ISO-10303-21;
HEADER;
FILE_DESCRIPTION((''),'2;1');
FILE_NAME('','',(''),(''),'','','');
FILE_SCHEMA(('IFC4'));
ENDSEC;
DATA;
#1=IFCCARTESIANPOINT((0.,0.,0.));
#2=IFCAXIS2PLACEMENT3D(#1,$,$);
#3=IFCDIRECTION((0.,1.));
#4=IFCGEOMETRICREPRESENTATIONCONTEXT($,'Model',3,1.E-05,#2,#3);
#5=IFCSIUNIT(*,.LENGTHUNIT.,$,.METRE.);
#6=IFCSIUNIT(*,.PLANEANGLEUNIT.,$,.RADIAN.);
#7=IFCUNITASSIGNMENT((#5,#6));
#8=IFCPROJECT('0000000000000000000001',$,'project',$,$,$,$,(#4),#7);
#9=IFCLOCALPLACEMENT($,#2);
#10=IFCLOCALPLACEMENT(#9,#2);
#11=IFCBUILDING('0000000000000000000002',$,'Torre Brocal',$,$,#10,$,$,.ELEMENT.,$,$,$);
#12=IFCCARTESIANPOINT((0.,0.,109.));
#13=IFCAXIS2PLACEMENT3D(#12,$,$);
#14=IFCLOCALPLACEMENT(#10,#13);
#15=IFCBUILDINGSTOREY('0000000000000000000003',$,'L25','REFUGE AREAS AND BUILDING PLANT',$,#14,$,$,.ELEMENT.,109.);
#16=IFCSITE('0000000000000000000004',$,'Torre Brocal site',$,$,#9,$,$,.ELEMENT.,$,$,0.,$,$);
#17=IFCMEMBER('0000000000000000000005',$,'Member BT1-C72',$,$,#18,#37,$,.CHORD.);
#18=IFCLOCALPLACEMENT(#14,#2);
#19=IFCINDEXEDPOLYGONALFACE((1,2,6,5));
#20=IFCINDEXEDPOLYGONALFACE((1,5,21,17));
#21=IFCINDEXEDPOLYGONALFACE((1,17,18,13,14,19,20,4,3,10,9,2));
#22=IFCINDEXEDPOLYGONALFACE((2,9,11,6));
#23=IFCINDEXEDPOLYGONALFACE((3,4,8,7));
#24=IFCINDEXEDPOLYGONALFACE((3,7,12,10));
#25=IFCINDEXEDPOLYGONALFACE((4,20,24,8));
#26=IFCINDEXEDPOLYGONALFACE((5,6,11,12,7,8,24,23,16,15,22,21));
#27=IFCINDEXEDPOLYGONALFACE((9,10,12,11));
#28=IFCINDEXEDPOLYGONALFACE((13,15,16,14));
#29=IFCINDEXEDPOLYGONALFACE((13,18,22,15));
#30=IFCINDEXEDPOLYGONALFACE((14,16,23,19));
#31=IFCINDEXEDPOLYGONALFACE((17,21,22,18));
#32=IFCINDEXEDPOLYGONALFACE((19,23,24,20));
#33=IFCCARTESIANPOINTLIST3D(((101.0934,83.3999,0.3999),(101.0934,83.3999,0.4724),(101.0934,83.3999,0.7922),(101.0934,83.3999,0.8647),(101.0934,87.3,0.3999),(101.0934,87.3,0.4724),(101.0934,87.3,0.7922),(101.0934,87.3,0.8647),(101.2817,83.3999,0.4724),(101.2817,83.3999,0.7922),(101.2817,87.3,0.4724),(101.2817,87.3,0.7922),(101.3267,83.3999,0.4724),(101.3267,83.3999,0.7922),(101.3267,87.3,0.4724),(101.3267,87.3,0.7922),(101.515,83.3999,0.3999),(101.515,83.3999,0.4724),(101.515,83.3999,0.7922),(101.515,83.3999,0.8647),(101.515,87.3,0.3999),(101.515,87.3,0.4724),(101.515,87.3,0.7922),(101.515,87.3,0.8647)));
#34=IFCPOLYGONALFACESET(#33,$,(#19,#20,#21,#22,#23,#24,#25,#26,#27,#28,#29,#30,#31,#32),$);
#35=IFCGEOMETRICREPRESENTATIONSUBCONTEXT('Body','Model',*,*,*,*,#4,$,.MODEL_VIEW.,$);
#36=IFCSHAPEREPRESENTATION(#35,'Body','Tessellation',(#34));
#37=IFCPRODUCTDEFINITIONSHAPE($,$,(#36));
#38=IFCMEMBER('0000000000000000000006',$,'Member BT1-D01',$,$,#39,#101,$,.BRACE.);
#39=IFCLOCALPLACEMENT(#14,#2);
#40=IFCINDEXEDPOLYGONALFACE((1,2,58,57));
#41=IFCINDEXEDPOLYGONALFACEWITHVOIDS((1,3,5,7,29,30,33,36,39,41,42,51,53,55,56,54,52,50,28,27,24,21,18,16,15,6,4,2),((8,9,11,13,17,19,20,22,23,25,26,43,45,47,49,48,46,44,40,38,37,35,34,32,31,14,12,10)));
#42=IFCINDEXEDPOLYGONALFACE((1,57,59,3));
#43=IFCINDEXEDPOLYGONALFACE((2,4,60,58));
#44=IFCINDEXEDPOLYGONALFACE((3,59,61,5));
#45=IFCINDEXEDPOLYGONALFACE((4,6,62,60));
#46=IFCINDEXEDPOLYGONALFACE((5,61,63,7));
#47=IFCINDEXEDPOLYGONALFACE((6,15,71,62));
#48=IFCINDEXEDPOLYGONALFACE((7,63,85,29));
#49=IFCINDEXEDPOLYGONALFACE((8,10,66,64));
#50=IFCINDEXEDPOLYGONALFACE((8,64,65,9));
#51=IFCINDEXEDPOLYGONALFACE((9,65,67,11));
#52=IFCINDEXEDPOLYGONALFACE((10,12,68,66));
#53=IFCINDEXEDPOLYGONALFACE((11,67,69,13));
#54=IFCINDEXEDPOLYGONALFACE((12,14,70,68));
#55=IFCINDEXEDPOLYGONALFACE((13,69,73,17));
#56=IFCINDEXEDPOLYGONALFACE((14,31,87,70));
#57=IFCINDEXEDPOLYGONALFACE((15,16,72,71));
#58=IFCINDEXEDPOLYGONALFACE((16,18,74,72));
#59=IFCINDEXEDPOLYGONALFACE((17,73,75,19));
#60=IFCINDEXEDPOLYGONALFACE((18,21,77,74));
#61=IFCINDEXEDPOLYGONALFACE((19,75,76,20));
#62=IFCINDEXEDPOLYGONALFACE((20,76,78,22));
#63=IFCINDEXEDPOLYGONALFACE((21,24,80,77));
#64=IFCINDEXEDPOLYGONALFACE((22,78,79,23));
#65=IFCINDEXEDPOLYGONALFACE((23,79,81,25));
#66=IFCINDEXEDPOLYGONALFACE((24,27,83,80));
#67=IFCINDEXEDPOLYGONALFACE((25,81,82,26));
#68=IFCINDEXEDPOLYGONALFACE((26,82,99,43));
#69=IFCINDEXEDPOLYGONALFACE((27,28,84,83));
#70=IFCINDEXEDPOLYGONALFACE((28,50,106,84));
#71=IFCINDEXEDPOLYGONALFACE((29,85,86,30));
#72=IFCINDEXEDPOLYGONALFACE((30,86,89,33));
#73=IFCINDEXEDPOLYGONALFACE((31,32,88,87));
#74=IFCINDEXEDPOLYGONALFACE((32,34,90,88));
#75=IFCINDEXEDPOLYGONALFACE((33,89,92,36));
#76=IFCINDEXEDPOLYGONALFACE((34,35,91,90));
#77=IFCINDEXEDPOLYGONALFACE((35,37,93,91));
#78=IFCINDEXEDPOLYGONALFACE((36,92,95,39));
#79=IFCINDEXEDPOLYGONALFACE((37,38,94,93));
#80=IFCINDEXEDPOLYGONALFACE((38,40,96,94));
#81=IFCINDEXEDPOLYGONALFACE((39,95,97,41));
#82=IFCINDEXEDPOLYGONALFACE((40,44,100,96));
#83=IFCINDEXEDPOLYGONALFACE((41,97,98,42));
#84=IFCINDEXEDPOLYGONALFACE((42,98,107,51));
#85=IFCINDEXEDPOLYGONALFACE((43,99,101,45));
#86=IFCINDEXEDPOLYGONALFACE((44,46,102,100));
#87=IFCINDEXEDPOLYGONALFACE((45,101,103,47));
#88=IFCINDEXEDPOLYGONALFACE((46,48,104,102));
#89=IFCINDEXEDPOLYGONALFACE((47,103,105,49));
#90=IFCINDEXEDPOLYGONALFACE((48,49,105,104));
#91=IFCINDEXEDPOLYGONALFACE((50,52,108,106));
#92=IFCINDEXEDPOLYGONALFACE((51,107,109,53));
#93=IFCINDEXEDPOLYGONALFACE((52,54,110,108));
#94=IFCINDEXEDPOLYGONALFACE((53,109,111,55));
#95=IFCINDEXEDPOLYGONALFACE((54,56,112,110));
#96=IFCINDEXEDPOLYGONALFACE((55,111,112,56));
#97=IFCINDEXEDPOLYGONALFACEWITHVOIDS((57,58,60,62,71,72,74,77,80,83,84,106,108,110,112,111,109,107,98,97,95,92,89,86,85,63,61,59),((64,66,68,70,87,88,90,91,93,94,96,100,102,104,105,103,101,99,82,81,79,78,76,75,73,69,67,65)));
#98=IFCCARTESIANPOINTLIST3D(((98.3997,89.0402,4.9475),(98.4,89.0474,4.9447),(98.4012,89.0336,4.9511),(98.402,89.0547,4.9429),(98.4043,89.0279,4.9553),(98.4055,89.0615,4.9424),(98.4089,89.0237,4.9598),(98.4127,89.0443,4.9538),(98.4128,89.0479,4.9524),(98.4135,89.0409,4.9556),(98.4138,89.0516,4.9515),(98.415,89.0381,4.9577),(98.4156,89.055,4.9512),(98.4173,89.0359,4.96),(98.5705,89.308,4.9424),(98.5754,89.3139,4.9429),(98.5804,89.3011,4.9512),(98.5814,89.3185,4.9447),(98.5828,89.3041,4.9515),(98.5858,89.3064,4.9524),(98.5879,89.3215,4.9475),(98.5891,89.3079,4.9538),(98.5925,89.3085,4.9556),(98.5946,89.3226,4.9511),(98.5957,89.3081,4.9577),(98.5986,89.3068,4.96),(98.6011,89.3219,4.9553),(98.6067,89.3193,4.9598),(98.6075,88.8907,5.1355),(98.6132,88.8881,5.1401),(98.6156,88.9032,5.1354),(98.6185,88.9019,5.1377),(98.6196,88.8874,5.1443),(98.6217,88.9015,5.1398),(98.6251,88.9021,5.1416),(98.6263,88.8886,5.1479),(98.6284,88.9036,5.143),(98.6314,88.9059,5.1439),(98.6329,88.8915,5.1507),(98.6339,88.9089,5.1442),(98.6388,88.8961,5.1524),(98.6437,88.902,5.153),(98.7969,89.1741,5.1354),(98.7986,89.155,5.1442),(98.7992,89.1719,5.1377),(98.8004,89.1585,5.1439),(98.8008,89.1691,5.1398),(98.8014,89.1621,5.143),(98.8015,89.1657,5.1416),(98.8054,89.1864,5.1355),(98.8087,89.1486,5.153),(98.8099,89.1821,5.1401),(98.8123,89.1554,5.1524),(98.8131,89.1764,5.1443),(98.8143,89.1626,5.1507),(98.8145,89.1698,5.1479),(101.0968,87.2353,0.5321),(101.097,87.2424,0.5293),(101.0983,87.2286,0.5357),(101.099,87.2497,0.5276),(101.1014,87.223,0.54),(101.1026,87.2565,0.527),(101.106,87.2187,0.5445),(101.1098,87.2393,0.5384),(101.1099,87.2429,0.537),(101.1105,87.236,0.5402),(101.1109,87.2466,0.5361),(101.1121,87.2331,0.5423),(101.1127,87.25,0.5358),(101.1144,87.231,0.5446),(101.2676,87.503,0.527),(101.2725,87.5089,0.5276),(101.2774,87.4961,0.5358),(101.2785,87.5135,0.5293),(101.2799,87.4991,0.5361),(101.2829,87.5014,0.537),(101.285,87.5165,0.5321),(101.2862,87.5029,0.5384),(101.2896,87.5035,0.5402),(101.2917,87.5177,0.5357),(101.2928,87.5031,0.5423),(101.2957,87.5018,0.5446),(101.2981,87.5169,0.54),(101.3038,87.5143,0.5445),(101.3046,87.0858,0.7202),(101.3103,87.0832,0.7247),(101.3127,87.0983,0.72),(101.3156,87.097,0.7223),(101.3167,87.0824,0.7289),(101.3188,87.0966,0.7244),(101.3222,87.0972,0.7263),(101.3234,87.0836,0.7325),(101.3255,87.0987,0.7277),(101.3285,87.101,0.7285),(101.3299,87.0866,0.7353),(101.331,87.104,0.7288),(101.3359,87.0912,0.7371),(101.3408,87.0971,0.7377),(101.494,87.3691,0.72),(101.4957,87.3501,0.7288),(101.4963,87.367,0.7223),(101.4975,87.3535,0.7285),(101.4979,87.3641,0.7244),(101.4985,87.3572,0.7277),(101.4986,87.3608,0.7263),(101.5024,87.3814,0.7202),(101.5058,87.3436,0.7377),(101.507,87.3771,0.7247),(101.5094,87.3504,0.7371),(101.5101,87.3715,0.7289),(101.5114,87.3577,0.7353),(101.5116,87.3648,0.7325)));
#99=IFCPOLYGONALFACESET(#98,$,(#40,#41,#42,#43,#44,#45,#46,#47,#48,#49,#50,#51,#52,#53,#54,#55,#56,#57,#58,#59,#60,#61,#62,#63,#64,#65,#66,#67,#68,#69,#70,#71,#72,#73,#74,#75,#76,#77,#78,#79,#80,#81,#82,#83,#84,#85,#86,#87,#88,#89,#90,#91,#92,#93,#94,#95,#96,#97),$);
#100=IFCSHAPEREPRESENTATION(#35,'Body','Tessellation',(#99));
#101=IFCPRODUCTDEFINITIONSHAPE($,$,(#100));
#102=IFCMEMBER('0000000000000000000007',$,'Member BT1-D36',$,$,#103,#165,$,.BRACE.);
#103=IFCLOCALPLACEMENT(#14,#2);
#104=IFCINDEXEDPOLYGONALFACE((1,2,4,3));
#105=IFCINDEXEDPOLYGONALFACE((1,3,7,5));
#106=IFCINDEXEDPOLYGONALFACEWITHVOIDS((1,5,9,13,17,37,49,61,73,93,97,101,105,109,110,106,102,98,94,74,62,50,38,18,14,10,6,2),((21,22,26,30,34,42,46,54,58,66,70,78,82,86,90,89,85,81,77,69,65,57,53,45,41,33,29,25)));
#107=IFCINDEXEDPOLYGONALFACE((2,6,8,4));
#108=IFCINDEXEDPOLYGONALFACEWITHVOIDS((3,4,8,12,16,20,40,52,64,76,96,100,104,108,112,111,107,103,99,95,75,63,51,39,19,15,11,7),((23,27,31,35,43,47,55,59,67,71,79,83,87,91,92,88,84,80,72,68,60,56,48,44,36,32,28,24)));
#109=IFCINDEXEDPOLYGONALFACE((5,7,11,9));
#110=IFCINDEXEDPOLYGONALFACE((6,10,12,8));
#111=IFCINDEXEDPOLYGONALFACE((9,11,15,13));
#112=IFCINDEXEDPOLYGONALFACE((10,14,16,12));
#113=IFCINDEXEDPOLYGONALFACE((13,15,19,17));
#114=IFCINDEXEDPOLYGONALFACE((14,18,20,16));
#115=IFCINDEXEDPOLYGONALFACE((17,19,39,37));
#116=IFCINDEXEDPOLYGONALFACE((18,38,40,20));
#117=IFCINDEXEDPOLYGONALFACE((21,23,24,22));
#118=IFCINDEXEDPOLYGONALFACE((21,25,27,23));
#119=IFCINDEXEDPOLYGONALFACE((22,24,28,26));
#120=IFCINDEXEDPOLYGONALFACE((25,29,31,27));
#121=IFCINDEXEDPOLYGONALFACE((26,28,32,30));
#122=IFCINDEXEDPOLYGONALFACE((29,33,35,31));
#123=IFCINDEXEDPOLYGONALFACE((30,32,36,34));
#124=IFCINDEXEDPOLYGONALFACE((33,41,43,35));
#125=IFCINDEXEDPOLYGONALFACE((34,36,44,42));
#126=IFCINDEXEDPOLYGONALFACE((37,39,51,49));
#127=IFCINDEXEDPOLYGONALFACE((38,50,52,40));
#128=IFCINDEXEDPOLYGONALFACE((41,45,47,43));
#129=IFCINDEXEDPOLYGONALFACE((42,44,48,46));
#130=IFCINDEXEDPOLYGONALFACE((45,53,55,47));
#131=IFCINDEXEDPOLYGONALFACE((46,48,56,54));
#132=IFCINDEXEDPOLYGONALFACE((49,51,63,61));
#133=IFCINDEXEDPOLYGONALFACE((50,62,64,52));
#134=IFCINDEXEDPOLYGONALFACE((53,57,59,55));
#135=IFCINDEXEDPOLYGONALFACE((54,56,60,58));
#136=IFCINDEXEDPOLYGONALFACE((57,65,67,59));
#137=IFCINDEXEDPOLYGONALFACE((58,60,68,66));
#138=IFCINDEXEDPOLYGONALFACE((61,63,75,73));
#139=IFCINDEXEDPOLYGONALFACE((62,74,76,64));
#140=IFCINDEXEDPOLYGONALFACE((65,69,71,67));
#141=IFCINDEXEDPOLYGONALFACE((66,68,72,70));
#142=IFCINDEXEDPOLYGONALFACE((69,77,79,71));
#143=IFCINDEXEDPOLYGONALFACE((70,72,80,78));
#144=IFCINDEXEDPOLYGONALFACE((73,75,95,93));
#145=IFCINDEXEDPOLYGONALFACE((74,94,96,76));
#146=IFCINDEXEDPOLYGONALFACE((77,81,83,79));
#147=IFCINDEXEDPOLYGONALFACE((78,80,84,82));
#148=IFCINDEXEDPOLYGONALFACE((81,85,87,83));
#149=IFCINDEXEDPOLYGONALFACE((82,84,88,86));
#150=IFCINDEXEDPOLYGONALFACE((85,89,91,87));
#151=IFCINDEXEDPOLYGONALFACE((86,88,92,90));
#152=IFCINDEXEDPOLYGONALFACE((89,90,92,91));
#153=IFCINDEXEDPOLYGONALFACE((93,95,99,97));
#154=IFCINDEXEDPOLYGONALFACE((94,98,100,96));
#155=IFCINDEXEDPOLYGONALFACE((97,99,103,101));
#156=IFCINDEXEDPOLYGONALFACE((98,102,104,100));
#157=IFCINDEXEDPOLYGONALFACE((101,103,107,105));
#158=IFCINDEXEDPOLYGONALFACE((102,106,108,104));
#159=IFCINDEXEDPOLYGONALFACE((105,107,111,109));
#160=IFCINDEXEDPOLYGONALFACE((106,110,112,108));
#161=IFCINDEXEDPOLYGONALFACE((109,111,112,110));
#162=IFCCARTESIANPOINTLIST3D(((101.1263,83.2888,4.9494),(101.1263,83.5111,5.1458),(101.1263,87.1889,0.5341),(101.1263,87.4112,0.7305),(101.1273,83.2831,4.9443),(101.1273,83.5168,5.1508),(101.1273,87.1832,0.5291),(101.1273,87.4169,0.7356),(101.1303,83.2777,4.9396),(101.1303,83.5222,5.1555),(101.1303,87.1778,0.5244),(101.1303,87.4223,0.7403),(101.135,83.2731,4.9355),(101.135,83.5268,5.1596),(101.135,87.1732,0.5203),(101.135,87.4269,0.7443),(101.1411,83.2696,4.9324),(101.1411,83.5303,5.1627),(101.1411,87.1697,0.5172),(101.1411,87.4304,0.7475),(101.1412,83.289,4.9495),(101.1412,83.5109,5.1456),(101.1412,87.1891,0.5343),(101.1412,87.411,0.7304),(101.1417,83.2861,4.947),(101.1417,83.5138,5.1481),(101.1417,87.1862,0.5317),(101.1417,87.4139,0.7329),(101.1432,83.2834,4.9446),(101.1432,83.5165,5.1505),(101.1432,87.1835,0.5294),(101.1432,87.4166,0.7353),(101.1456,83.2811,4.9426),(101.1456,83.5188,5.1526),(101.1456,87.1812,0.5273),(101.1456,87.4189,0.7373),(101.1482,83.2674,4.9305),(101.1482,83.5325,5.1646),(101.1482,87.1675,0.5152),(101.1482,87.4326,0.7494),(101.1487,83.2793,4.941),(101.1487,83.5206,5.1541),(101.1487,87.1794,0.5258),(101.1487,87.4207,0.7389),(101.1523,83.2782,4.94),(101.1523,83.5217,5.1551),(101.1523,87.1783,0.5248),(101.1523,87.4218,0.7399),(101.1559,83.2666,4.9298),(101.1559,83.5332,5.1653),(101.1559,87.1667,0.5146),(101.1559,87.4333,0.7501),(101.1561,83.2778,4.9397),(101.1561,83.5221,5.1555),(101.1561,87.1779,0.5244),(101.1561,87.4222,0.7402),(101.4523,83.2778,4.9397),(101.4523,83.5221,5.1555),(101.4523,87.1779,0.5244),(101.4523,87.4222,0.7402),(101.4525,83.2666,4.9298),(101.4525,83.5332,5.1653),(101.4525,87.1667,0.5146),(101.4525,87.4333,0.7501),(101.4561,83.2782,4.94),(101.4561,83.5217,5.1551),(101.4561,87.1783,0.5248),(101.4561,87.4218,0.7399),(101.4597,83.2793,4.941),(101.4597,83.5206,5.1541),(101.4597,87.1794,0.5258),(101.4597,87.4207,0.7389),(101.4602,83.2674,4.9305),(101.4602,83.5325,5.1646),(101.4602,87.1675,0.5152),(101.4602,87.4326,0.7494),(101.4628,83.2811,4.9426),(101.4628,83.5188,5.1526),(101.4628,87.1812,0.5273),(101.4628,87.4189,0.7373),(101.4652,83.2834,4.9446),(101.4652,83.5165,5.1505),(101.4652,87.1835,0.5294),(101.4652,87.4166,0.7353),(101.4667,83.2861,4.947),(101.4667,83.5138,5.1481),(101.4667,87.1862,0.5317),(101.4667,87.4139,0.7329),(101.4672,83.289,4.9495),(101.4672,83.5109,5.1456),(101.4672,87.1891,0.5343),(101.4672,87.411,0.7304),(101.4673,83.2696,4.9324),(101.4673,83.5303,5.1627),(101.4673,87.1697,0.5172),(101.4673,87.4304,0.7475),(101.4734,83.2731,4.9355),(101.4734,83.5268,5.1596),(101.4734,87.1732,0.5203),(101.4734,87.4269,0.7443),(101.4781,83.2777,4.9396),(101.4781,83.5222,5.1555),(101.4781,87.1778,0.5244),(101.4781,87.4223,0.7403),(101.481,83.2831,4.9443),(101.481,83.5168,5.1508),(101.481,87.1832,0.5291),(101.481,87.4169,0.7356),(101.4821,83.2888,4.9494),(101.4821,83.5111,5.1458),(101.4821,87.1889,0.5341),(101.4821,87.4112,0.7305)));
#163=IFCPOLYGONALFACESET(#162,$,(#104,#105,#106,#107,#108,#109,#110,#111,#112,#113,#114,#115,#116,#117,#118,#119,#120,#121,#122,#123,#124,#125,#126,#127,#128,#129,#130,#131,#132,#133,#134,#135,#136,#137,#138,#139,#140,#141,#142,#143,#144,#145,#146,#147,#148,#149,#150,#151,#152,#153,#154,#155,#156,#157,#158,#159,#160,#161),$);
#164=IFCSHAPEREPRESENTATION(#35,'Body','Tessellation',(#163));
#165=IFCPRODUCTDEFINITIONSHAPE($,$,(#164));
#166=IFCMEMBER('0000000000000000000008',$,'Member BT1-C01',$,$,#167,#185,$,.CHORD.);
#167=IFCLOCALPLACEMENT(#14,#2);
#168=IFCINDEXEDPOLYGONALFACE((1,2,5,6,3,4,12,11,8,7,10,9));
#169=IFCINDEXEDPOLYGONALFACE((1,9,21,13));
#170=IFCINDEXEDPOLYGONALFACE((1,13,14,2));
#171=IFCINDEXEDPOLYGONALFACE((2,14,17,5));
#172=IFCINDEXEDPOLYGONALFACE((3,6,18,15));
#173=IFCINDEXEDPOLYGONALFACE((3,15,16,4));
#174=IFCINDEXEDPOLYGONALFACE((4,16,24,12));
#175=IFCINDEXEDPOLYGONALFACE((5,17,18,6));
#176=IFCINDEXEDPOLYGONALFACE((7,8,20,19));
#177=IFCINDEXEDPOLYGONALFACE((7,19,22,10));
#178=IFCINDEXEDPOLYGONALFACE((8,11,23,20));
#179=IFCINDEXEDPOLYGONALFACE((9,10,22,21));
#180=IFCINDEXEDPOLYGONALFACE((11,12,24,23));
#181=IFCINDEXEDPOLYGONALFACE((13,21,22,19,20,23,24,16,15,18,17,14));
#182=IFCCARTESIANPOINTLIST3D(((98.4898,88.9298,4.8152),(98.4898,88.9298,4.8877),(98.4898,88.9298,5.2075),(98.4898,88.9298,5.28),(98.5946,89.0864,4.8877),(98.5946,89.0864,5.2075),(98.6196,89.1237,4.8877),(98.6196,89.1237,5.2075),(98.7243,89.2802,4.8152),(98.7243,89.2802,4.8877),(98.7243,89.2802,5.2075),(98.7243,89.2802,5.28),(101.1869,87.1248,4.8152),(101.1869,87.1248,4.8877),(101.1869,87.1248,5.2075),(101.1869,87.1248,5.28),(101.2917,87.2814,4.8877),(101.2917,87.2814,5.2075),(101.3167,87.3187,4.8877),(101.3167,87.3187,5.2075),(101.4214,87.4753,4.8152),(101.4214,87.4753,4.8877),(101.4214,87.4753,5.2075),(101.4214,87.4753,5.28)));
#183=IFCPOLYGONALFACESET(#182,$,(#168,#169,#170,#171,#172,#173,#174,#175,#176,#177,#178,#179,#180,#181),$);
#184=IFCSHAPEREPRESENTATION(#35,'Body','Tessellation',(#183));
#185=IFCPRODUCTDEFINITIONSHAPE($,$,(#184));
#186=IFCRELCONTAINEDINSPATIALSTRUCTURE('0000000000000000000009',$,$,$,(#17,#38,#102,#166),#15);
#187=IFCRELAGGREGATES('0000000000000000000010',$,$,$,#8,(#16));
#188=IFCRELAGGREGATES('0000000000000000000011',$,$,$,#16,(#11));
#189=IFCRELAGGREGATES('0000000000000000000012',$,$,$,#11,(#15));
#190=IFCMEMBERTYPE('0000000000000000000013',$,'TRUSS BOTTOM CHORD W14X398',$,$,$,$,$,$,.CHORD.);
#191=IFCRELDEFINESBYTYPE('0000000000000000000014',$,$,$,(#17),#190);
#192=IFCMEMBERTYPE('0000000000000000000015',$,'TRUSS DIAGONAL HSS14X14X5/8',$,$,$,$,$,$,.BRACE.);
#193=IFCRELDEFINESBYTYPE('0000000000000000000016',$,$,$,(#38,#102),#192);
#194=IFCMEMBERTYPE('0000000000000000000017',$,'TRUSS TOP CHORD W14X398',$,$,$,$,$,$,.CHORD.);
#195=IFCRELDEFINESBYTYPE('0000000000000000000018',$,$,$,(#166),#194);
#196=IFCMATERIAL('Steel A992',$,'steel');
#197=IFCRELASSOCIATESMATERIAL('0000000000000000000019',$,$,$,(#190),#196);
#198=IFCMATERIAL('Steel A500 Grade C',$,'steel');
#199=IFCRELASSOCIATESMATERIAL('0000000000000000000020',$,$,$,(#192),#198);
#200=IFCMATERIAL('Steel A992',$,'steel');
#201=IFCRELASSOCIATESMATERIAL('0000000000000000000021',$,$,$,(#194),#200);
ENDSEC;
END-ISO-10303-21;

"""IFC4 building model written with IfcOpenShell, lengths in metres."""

from ifc_helpers import new_model, si_unit, direction, frame, origin, origin_2d, place, context, subcontext, project, spatial, hollow_rectangle, i_section, extrude, material, material_profile, profile_set, type_object, element, save


model = new_model("IFC4")

# Units and contexts
model_context = context("Model", 3, precision=1e-05, world=origin(), true_north=direction((0.0, 1.0)))
body_context = subcontext(model_context, "Body", "Model", "MODEL_VIEW")
ifc_project = project(units=[si_unit("LENGTHUNIT", "METRE"), si_unit("PLANEANGLEUNIT", "RADIAN")], contexts=[model_context])

# Site, building, storey
site_placement = place(None, origin())
site = spatial("IfcSite", under=ifc_project, at=site_placement, Name="Torre Brocal site", CompositionType="ELEMENT", RefElevation=0.0)
building_placement = place(site_placement, origin())
building = spatial("IfcBuilding", under=site, at=building_placement, Name="Torre Brocal", CompositionType="ELEMENT")
storey_placement = place(building_placement, frame((0.0, 0.0, 109.0)))
storey = spatial("IfcBuildingStorey", under=building, at=storey_placement, Name="L25", Description="REFUGE AREAS AND BUILDING PLANT", CompositionType="ELEMENT", Elevation=109.0)

# Members
ifc_material_1 = material(Name="Steel A992", Category="steel")
ifc_material_profile_1 = material_profile(ifc_material_1, i_section(OverallWidth=0.4216, OverallDepth=0.4648, WebThickness=0.0449, FlangeThickness=0.0725, at=origin_2d()), Name="W14X398")
ifc_profile_set_1 = profile_set([ifc_material_profile_1], Name="Steel A992")
member_type_1 = type_object("IfcMemberType", Name="TRUSS BOTTOM CHORD W14X398", PredefinedType="CHORD", material=ifc_profile_set_1)
member_1_placement = place(storey_placement, frame((101.3042, 87.3, 0.6323), z_axis=(0.0, -1.0, 0.0), x_axis=(1.0, 0.0, 0.0)))
element("IfcMember", 1, at=member_1_placement, inside=storey, type_object=member_type_1, Name="Member BT1-C72", PredefinedType="CHORD", context=body_context, shape_type="SweptSolid", body=[
    extrude(i_section(OverallWidth=0.4216, OverallDepth=0.4648, WebThickness=0.0449, FlangeThickness=0.0725, at=origin_2d()), origin(), (0.0, 0.0, 1.0), 3.9001),
])
ifc_material_2 = material(Name="Steel A500 Grade C", Category="steel")
ifc_material_profile_2 = material_profile(ifc_material_2, hollow_rectangle(XDim=0.3557, YDim=0.3557, WallThickness=0.0149, InnerFilletRadius=0.0149, OuterFilletRadius=0.0295, at=origin_2d()), Name="HSS14X14X5/8")
ifc_profile_set_2 = profile_set([ifc_material_profile_2], Name="Steel A500 Grade C")
member_type_2 = type_object("IfcMemberType", Name="TRUSS DIAGONAL HSS14X14X5/8", PredefinedType="BRACE", material=ifc_profile_set_2)
member_2_placement = place(storey_placement, frame((101.3042, 87.3, 0.6323), z_axis=(-0.49219, 0.329389, 0.805762), x_axis=(-0.556175, -0.831065, 0.0)))
element("IfcMember", 2, at=member_2_placement, inside=storey, type_object=member_type_2, Name="Member BT1-D01", PredefinedType="BRACE", context=body_context, shape_type="SweptSolid", body=[
    extrude(hollow_rectangle(XDim=0.3557, YDim=0.3557, WallThickness=0.0149, InnerFilletRadius=0.0149, OuterFilletRadius=0.0295, at=origin_2d()), origin(), (0.0, 0.0, 1.0), 5.4797),
])
member_3_placement = place(storey_placement, frame((101.3042, 87.3, 0.6323), z_axis=(0.0, -0.662033, 0.749475), x_axis=(1.0, 0.0, 0.0)))
element("IfcMember", 3, at=member_3_placement, inside=storey, type_object=member_type_2, Name="Member BT1-D36", PredefinedType="BRACE", context=body_context, shape_type="SweptSolid", body=[
    extrude(hollow_rectangle(XDim=0.3557, YDim=0.3557, WallThickness=0.0149, InnerFilletRadius=0.0149, OuterFilletRadius=0.0295, at=origin_2d()), origin(), (0.0, 0.0, 1.0), 5.8911),
])
ifc_material_3 = material(Name="Steel A992", Category="steel")
ifc_material_profile_3 = material_profile(ifc_material_3, i_section(OverallWidth=0.4216, OverallDepth=0.4648, WebThickness=0.0449, FlangeThickness=0.0725, at=origin_2d()), Name="W14X398")
ifc_profile_set_3 = profile_set([ifc_material_profile_3], Name="Steel A992")
member_type_3 = type_object("IfcMemberType", Name="TRUSS TOP CHORD W14X398", PredefinedType="CHORD", material=ifc_profile_set_3)
member_4_placement = place(storey_placement, frame((101.3042, 87.3, 5.0476), z_axis=(-0.831065, 0.556175, 0.0), x_axis=(-0.556175, -0.831065, 0.0)))
element("IfcMember", 4, at=member_4_placement, inside=storey, type_object=member_type_3, Name="Member BT1-C01", PredefinedType="CHORD", context=body_context, shape_type="SweptSolid", body=[
    extrude(i_section(OverallWidth=0.4216, OverallDepth=0.4648, WebThickness=0.0449, FlangeThickness=0.0725, at=origin_2d()), origin(), (0.0, 0.0, 1.0), 3.2454),
])

save(model, "model.ifc")
